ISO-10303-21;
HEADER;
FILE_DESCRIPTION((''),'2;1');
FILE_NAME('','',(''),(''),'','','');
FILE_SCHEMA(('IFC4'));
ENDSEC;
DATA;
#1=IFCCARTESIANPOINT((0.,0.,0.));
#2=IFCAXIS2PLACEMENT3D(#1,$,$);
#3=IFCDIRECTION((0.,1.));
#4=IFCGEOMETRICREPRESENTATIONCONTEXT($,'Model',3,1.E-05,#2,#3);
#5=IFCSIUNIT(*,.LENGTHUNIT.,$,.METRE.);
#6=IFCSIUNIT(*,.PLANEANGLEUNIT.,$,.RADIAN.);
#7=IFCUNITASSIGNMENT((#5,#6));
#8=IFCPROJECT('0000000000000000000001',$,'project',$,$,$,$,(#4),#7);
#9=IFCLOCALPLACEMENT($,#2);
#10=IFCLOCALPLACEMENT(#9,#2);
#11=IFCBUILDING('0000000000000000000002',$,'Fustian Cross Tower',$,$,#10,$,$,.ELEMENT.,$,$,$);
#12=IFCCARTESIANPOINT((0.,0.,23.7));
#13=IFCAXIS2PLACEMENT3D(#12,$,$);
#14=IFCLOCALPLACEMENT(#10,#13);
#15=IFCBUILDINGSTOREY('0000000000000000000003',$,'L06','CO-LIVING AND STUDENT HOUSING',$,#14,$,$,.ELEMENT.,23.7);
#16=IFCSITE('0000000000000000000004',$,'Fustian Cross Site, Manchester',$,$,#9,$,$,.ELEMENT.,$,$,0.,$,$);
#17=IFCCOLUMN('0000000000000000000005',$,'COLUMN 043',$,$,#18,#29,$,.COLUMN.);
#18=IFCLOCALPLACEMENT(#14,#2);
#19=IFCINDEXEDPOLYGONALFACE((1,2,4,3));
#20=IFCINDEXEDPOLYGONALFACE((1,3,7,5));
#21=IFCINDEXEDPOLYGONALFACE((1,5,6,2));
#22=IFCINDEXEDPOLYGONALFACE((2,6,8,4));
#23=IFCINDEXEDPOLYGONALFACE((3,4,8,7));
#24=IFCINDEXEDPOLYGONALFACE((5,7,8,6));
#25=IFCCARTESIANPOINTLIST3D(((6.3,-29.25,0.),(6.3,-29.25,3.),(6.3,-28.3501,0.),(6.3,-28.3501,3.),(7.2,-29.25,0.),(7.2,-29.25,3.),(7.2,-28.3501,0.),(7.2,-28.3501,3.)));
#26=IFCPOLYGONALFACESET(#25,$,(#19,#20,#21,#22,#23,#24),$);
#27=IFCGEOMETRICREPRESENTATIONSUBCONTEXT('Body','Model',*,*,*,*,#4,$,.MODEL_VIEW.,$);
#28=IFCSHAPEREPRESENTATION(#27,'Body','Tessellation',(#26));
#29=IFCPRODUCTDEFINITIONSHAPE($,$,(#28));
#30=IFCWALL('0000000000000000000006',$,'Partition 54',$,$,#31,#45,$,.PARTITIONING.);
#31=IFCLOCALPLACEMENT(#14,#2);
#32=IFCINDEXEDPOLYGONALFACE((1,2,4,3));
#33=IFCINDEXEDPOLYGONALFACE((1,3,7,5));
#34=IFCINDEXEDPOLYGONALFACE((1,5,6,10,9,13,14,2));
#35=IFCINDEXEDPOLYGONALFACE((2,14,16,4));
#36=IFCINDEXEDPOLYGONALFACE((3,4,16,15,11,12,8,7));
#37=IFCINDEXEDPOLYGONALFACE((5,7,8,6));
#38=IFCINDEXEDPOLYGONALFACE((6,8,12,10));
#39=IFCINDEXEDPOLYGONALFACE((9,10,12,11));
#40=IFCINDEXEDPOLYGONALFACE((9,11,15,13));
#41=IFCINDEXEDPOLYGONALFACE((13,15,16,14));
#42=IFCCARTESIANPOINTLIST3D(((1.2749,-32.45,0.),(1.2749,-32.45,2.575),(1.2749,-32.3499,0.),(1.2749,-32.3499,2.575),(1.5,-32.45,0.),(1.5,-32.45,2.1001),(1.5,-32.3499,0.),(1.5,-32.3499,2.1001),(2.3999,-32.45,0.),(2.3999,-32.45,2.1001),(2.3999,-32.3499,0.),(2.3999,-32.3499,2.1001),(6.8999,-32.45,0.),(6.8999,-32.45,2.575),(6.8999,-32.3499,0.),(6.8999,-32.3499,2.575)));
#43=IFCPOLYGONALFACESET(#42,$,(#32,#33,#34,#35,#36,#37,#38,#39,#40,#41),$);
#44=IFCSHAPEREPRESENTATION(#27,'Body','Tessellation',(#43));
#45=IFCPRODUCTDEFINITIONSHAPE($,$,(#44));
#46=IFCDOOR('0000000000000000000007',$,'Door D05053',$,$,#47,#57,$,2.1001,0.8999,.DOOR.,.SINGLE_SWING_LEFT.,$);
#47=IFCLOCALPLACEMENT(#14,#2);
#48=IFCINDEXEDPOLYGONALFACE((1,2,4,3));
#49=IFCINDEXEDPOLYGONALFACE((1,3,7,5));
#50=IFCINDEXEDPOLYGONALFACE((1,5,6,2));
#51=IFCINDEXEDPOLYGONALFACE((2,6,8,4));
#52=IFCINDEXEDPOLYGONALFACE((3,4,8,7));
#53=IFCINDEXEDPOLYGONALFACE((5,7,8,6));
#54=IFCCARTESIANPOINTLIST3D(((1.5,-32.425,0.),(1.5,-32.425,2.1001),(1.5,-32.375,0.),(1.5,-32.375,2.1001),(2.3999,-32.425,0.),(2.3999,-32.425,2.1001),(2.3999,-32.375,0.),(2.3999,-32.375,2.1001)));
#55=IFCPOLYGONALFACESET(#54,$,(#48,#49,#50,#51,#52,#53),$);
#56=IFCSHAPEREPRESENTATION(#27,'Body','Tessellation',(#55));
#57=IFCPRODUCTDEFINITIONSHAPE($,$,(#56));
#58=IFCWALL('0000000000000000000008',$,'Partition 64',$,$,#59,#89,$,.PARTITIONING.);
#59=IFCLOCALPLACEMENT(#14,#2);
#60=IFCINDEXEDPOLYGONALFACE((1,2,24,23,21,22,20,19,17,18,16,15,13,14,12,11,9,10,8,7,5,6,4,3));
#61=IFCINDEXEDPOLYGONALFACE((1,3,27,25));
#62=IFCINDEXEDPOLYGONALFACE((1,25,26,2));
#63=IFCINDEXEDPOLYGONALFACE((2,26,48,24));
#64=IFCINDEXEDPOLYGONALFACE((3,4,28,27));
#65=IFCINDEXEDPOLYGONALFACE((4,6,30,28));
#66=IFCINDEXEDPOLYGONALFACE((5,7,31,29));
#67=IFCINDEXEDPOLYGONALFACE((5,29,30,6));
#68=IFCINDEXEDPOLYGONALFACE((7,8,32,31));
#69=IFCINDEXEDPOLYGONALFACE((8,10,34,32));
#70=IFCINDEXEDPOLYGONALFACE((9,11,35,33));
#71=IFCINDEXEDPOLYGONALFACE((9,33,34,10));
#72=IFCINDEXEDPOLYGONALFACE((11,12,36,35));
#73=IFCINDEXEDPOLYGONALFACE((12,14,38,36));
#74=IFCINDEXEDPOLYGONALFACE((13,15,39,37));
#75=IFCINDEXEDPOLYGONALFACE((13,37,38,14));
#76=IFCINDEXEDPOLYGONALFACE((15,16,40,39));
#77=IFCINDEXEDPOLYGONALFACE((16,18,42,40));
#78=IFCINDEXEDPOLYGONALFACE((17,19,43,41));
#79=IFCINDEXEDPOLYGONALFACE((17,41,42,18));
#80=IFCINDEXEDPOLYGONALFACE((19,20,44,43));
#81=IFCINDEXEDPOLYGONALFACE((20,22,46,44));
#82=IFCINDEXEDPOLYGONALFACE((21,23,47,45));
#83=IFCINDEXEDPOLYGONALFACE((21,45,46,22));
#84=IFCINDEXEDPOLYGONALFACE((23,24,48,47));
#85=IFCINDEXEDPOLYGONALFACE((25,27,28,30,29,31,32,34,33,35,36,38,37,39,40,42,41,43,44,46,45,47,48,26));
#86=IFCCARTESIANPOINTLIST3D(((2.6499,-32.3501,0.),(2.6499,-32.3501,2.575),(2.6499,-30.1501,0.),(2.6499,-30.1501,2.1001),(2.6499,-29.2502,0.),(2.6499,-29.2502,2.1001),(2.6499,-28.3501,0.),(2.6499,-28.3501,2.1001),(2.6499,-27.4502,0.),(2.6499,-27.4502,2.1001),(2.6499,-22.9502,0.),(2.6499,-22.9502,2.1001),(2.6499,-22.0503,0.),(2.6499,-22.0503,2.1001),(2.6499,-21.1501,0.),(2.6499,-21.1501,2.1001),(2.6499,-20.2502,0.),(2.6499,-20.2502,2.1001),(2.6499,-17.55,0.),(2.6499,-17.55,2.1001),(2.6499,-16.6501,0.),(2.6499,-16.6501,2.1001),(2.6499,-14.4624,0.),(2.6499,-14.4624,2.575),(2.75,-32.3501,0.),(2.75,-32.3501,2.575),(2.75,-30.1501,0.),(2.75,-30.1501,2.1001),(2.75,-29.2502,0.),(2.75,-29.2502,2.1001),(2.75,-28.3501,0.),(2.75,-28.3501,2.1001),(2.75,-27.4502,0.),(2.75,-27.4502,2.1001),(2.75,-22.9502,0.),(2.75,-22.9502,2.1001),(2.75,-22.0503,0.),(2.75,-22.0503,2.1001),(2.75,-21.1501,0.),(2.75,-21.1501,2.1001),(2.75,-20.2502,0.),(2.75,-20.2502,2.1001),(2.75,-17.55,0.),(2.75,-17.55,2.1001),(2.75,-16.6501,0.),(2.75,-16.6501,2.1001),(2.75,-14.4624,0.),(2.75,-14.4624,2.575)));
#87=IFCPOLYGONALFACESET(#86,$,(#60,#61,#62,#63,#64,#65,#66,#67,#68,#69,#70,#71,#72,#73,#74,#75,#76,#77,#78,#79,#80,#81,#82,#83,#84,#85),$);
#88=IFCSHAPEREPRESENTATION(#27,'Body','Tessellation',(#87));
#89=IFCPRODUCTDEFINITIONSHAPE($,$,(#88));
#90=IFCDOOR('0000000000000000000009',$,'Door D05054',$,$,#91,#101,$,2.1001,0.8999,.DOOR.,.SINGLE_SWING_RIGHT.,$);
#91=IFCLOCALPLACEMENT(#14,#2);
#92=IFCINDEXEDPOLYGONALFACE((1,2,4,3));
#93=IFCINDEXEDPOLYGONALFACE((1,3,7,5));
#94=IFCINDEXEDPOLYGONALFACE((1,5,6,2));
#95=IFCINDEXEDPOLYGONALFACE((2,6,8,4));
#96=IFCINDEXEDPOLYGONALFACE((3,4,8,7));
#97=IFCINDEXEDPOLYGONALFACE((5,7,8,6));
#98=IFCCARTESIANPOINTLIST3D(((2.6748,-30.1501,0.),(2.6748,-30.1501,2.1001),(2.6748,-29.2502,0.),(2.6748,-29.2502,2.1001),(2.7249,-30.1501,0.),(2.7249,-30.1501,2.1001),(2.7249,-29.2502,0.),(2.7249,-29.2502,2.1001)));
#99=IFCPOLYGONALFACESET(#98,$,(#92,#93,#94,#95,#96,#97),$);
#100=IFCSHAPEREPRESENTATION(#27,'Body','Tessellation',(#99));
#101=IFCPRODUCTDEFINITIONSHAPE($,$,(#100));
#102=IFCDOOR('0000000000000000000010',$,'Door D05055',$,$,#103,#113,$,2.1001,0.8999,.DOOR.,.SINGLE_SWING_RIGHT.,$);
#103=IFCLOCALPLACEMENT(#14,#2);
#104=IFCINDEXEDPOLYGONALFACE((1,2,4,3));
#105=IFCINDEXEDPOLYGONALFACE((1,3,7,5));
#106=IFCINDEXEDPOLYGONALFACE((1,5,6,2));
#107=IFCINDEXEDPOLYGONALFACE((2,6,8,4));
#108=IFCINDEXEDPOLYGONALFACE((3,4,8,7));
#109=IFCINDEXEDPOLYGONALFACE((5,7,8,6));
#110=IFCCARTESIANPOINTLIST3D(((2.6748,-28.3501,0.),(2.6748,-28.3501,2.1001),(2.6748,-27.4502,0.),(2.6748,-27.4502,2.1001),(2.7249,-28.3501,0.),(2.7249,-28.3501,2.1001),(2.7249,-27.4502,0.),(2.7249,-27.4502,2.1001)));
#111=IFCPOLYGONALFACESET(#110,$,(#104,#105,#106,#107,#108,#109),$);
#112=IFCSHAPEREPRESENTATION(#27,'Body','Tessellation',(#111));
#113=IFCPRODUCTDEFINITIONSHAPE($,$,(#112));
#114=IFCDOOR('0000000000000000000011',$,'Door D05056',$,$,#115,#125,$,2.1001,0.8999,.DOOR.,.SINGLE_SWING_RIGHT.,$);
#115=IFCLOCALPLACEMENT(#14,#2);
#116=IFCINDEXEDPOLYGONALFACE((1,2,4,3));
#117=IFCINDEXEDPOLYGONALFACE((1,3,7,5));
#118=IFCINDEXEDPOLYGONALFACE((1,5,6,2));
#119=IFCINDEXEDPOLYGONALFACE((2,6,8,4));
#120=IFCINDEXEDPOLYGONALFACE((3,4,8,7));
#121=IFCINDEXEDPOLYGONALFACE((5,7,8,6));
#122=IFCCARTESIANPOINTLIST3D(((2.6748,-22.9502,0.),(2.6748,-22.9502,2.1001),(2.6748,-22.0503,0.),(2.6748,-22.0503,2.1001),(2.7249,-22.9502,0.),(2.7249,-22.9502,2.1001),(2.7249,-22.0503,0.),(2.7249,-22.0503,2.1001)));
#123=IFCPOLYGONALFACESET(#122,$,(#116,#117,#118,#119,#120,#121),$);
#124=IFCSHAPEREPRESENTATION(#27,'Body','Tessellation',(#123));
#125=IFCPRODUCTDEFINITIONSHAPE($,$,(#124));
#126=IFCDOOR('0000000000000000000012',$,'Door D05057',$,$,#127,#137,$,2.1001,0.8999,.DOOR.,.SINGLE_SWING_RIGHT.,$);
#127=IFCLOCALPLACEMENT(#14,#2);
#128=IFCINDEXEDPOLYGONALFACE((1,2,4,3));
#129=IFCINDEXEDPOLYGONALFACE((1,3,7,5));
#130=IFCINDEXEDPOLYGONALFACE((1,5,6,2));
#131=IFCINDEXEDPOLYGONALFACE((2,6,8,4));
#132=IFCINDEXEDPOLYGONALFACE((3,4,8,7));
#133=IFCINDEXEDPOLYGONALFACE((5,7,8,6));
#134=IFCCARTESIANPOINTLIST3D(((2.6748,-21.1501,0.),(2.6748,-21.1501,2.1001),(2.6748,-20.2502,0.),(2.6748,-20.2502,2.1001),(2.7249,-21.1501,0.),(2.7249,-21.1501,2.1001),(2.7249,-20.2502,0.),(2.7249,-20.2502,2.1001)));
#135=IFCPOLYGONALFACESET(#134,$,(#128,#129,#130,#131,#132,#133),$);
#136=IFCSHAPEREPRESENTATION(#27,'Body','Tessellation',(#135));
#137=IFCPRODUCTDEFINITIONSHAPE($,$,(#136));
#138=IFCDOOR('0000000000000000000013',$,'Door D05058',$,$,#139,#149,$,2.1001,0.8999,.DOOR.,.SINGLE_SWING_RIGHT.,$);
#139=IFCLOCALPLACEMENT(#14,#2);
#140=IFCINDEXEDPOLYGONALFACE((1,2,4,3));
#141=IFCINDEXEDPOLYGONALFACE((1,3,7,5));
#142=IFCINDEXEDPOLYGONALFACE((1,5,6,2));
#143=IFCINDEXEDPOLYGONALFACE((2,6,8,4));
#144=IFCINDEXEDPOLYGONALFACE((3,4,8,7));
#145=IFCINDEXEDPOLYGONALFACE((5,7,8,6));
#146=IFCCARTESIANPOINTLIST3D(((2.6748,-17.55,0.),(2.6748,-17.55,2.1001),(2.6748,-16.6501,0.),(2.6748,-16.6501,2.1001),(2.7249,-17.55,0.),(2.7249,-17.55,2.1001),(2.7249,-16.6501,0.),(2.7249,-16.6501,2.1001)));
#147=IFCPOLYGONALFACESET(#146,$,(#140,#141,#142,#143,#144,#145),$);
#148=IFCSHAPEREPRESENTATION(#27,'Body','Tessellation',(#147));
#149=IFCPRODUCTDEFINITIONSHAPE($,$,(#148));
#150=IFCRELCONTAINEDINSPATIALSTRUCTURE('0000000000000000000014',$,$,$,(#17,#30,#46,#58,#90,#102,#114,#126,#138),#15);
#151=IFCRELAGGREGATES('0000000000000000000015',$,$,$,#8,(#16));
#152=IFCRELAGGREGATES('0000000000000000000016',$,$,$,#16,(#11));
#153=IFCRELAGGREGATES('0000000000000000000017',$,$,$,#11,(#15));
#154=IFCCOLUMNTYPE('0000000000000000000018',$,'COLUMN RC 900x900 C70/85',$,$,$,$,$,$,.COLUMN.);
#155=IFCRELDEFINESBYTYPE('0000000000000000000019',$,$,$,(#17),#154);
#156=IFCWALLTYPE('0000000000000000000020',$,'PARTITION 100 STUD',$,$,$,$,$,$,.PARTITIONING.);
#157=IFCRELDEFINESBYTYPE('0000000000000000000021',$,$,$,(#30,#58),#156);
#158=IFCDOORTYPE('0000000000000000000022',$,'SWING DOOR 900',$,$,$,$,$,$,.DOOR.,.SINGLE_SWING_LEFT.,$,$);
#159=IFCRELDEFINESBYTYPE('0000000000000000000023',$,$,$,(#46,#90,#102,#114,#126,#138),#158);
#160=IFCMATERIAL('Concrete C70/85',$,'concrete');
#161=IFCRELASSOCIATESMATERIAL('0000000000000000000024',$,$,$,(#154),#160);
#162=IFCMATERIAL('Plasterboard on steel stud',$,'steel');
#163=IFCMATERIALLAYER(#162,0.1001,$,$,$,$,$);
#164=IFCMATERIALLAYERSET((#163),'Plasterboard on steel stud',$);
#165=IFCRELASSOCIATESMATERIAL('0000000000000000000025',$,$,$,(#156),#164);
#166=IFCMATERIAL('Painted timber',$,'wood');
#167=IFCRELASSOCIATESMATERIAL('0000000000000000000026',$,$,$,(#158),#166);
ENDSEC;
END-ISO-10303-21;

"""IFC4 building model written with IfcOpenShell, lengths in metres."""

from ifc_helpers import new_model, si_unit, direction, frame, frame_2d, origin, origin_2d, place, context, subcontext, project, spatial, rectangle, extrude, material, layer, layer_set, material_profile, profile_set, type_object, element, fill, save


model = new_model("IFC4")

# Units and contexts
model_context = context("Model", 3, precision=1e-05, world=origin(), true_north=direction((0.0, 1.0)))
body_context = subcontext(model_context, "Body", "Model", "MODEL_VIEW")
ifc_project = project(units=[si_unit("LENGTHUNIT", "METRE"), si_unit("PLANEANGLEUNIT", "RADIAN")], contexts=[model_context])

# Site, building, storey
site_placement = place(None, origin())
site = spatial("IfcSite", under=ifc_project, at=site_placement, Name="Fustian Cross Site, Manchester", CompositionType="ELEMENT", RefElevation=0.0)
building_placement = place(site_placement, origin())
building = spatial("IfcBuilding", under=site, at=building_placement, Name="Fustian Cross Tower", CompositionType="ELEMENT")
storey_placement = place(building_placement, frame((0.0, 0.0, 23.7)))
storey = spatial("IfcBuildingStorey", under=building, at=storey_placement, Name="L06", Description="CO-LIVING AND STUDENT HOUSING", CompositionType="ELEMENT", Elevation=23.7)

# Column
ifc_material_1 = material(Name="Concrete C70/85", Category="concrete")
ifc_material_profile = material_profile(ifc_material_1, rectangle(XDim=0.8999, YDim=0.8999, at=origin_2d()), Name="RC 900x900")
ifc_profile_set = profile_set([ifc_material_profile], Name="Concrete C70/85")
column_type = type_object("IfcColumnType", Name="COLUMN RC 900x900 C70/85", PredefinedType="COLUMN", material=ifc_profile_set)
column_placement = place(storey_placement, frame((6.75, -28.8, 0.0), z_axis=(0.0, 0.0, 1.0), x_axis=(1.0, 0.0, 0.0)))
element("IfcColumn", 1, at=column_placement, inside=storey, type_object=column_type, Name="COLUMN 043", PredefinedType="COLUMN", context=body_context, shape_type="SweptSolid", body=[
    extrude(rectangle(XDim=0.8999, YDim=0.8999, at=origin_2d()), origin(), (0.0, 0.0, 1.0), 3.0),
])

# Wall, opening, door
ifc_material_2 = material(Name="Plasterboard on steel stud", Category="steel")
ifc_layer = layer(ifc_material_2, 0.1001)
ifc_layer_set = layer_set([ifc_layer], Name="Plasterboard on steel stud")
wall_type = type_object("IfcWallType", Name="PARTITION 100 STUD", PredefinedType="PARTITIONING", material=ifc_layer_set)
wall_1_placement = place(storey_placement, frame((1.2749, -32.3999, 0.0), z_axis=(0.0, 0.0, 1.0), x_axis=(1.0, 0.0, 0.0)))
wall_1 = element("IfcWall", 2, at=wall_1_placement, inside=storey, type_object=wall_type, Name="Partition 54", PredefinedType="PARTITIONING", context=body_context, shape_type="SweptSolid", body=[
    extrude(rectangle(XDim=5.625, YDim=0.1001, at=frame_2d((2.8125, 0.0))), origin(), (0.0, 0.0, 1.0), 2.575),
])
opening_1_placement = place(wall_1_placement, frame((0.2251, 0.0, 0.0)))
opening_1 = element("IfcOpeningElement", 3, at=opening_1_placement, cuts=wall_1, PredefinedType="OPENING", context=body_context, shape_type="SweptSolid", body=[
    extrude(rectangle(XDim=0.8999, YDim=2.1001, at=frame_2d((0.45, 1.05))), frame((0.0, 0.0601, 0.0), z_axis=(0.0, -1.0, 0.0), x_axis=(1.0, 0.0, 0.0)), (0.0, 0.0, 1.0), 0.1201),
])
ifc_material_3 = material(Name="Painted timber", Category="wood")
door_type_1 = type_object("IfcDoorType", Name="SWING DOOR 900", OperationType="SINGLE_SWING_LEFT", PredefinedType="DOOR", material=ifc_material_3)
door_1_placement = place(opening_1_placement, origin())
door_1 = element("IfcDoor", 4, at=door_1_placement, inside=storey, type_object=door_type_1, Name="Door D05053", OperationType="SINGLE_SWING_LEFT", OverallHeight=2.1001, OverallWidth=0.8999, PredefinedType="DOOR", context=body_context, shape_type="SweptSolid", body=[
    extrude(rectangle(XDim=0.8999, YDim=2.1001, at=frame_2d((0.45, 1.05))), frame((0.0, 0.0249, 0.0), z_axis=(0.0, -1.0, 0.0), x_axis=(1.0, 0.0, 0.0)), (0.0, 0.0, 1.0), 0.05),
])
fill(opening_1, door_1)

# Wall, openings, doors
wall_2_placement = place(storey_placement, frame((2.7, -32.3501, 0.0), z_axis=(0.0, 0.0, 1.0), x_axis=(0.0, 1.0, 0.0)))
wall_2 = element("IfcWall", 5, at=wall_2_placement, inside=storey, type_object=wall_type, Name="Partition 64", PredefinedType="PARTITIONING", context=body_context, shape_type="SweptSolid", body=[
    extrude(rectangle(XDim=17.8877, YDim=0.1001, at=frame_2d((8.9438, 0.0))), origin(), (0.0, 0.0, 1.0), 2.575),
])
opening_2_placement = place(wall_2_placement, frame((2.2, 0.0, 0.0)))
opening_2 = element("IfcOpeningElement", 6, at=opening_2_placement, cuts=wall_2, PredefinedType="OPENING", context=body_context, shape_type="SweptSolid", body=[
    extrude(rectangle(XDim=0.8999, YDim=2.1001, at=frame_2d((0.45, 1.05))), frame((0.0, 0.0601, 0.0), z_axis=(0.0, -1.0, 0.0), x_axis=(1.0, 0.0, 0.0)), (0.0, 0.0, 1.0), 0.1201),
])
opening_3_placement = place(wall_2_placement, frame((4.0, 0.0, 0.0)))
opening_3 = element("IfcOpeningElement", 7, at=opening_3_placement, cuts=wall_2, PredefinedType="OPENING", context=body_context, shape_type="SweptSolid", body=[
    extrude(rectangle(XDim=0.8999, YDim=2.1001, at=frame_2d((0.45, 1.05))), frame((0.0, 0.0601, 0.0), z_axis=(0.0, -1.0, 0.0), x_axis=(1.0, 0.0, 0.0)), (0.0, 0.0, 1.0), 0.1201),
])
opening_4_placement = place(wall_2_placement, frame((9.3999, 0.0, 0.0)))
opening_4 = element("IfcOpeningElement", 8, at=opening_4_placement, cuts=wall_2, PredefinedType="OPENING", context=body_context, shape_type="SweptSolid", body=[
    extrude(rectangle(XDim=0.8999, YDim=2.1001, at=frame_2d((0.45, 1.05))), frame((0.0, 0.0601, 0.0), z_axis=(0.0, -1.0, 0.0), x_axis=(1.0, 0.0, 0.0)), (0.0, 0.0, 1.0), 0.1201),
])
opening_5_placement = place(wall_2_placement, frame((11.2, 0.0, 0.0)))
opening_5 = element("IfcOpeningElement", 9, at=opening_5_placement, cuts=wall_2, PredefinedType="OPENING", context=body_context, shape_type="SweptSolid", body=[
    extrude(rectangle(XDim=0.8999, YDim=2.1001, at=frame_2d((0.45, 1.05))), frame((0.0, 0.0601, 0.0), z_axis=(0.0, -1.0, 0.0), x_axis=(1.0, 0.0, 0.0)), (0.0, 0.0, 1.0), 0.1201),
])
opening_6_placement = place(wall_2_placement, frame((14.8, 0.0, 0.0)))
opening_6 = element("IfcOpeningElement", 10, at=opening_6_placement, cuts=wall_2, PredefinedType="OPENING", context=body_context, shape_type="SweptSolid", body=[
    extrude(rectangle(XDim=0.8999, YDim=2.1001, at=frame_2d((0.45, 1.05))), frame((0.0, 0.0601, 0.0), z_axis=(0.0, -1.0, 0.0), x_axis=(1.0, 0.0, 0.0)), (0.0, 0.0, 1.0), 0.1201),
])
door_2_placement = place(opening_2_placement, frame((0.8999, 0.0, 0.0), z_axis=(0.0, 0.0, 1.0), x_axis=(-1.0, 0.0, 0.0)))
door_2 = element("IfcDoor", 11, at=door_2_placement, inside=storey, type_object=door_type_1, Name="Door D05054", OperationType="SINGLE_SWING_RIGHT", OverallHeight=2.1001, OverallWidth=0.8999, PredefinedType="DOOR", context=body_context, shape_type="SweptSolid", body=[
    extrude(rectangle(XDim=0.8999, YDim=2.1001, at=frame_2d((0.45, 1.05))), frame((0.0, 0.0249, 0.0), z_axis=(0.0, -1.0, 0.0), x_axis=(1.0, 0.0, 0.0)), (0.0, 0.0, 1.0), 0.05),
])
fill(opening_2, door_2)
door_3_placement = place(opening_3_placement, frame((0.8999, 0.0, 0.0), z_axis=(0.0, 0.0, 1.0), x_axis=(-1.0, 0.0, 0.0)))
door_3 = element("IfcDoor", 12, at=door_3_placement, inside=storey, type_object=door_type_1, Name="Door D05055", OperationType="SINGLE_SWING_RIGHT", OverallHeight=2.1001, OverallWidth=0.8999, PredefinedType="DOOR", context=body_context, shape_type="SweptSolid", body=[
    extrude(rectangle(XDim=0.8999, YDim=2.1001, at=frame_2d((0.45, 1.05))), frame((0.0, 0.0249, 0.0), z_axis=(0.0, -1.0, 0.0), x_axis=(1.0, 0.0, 0.0)), (0.0, 0.0, 1.0), 0.05),
])
fill(opening_3, door_3)
door_4_placement = place(opening_4_placement, frame((0.8999, 0.0, 0.0), z_axis=(0.0, 0.0, 1.0), x_axis=(-1.0, 0.0, 0.0)))
door_4 = element("IfcDoor", 13, at=door_4_placement, inside=storey, type_object=door_type_1, Name="Door D05056", OperationType="SINGLE_SWING_RIGHT", OverallHeight=2.1001, OverallWidth=0.8999, PredefinedType="DOOR", context=body_context, shape_type="SweptSolid", body=[
    extrude(rectangle(XDim=0.8999, YDim=2.1001, at=frame_2d((0.45, 1.05))), frame((0.0, 0.0249, 0.0), z_axis=(0.0, -1.0, 0.0), x_axis=(1.0, 0.0, 0.0)), (0.0, 0.0, 1.0), 0.05),
])
fill(opening_4, door_4)
door_5_placement = place(opening_5_placement, frame((0.8999, 0.0, 0.0), z_axis=(0.0, 0.0, 1.0), x_axis=(-1.0, 0.0, 0.0)))
door_5 = element("IfcDoor", 14, at=door_5_placement, inside=storey, type_object=door_type_1, Name="Door D05057", OperationType="SINGLE_SWING_RIGHT", OverallHeight=2.1001, OverallWidth=0.8999, PredefinedType="DOOR", context=body_context, shape_type="SweptSolid", body=[
    extrude(rectangle(XDim=0.8999, YDim=2.1001, at=frame_2d((0.45, 1.05))), frame((0.0, 0.0249, 0.0), z_axis=(0.0, -1.0, 0.0), x_axis=(1.0, 0.0, 0.0)), (0.0, 0.0, 1.0), 0.05),
])
fill(opening_5, door_5)
door_6_placement = place(opening_6_placement, frame((0.8999, 0.0, 0.0), z_axis=(0.0, 0.0, 1.0), x_axis=(-1.0, 0.0, 0.0)))
door_6 = element("IfcDoor", 15, at=door_6_placement, inside=storey, type_object=door_type_1, Name="Door D05058", OperationType="SINGLE_SWING_RIGHT", OverallHeight=2.1001, OverallWidth=0.8999, PredefinedType="DOOR", context=body_context, shape_type="SweptSolid", body=[
    extrude(rectangle(XDim=0.8999, YDim=2.1001, at=frame_2d((0.45, 1.05))), frame((0.0, 0.0249, 0.0), z_axis=(0.0, -1.0, 0.0), x_axis=(1.0, 0.0, 0.0)), (0.0, 0.0, 1.0), 0.05),
])
fill(opening_6, door_6)

save(model, "model.ifc")
